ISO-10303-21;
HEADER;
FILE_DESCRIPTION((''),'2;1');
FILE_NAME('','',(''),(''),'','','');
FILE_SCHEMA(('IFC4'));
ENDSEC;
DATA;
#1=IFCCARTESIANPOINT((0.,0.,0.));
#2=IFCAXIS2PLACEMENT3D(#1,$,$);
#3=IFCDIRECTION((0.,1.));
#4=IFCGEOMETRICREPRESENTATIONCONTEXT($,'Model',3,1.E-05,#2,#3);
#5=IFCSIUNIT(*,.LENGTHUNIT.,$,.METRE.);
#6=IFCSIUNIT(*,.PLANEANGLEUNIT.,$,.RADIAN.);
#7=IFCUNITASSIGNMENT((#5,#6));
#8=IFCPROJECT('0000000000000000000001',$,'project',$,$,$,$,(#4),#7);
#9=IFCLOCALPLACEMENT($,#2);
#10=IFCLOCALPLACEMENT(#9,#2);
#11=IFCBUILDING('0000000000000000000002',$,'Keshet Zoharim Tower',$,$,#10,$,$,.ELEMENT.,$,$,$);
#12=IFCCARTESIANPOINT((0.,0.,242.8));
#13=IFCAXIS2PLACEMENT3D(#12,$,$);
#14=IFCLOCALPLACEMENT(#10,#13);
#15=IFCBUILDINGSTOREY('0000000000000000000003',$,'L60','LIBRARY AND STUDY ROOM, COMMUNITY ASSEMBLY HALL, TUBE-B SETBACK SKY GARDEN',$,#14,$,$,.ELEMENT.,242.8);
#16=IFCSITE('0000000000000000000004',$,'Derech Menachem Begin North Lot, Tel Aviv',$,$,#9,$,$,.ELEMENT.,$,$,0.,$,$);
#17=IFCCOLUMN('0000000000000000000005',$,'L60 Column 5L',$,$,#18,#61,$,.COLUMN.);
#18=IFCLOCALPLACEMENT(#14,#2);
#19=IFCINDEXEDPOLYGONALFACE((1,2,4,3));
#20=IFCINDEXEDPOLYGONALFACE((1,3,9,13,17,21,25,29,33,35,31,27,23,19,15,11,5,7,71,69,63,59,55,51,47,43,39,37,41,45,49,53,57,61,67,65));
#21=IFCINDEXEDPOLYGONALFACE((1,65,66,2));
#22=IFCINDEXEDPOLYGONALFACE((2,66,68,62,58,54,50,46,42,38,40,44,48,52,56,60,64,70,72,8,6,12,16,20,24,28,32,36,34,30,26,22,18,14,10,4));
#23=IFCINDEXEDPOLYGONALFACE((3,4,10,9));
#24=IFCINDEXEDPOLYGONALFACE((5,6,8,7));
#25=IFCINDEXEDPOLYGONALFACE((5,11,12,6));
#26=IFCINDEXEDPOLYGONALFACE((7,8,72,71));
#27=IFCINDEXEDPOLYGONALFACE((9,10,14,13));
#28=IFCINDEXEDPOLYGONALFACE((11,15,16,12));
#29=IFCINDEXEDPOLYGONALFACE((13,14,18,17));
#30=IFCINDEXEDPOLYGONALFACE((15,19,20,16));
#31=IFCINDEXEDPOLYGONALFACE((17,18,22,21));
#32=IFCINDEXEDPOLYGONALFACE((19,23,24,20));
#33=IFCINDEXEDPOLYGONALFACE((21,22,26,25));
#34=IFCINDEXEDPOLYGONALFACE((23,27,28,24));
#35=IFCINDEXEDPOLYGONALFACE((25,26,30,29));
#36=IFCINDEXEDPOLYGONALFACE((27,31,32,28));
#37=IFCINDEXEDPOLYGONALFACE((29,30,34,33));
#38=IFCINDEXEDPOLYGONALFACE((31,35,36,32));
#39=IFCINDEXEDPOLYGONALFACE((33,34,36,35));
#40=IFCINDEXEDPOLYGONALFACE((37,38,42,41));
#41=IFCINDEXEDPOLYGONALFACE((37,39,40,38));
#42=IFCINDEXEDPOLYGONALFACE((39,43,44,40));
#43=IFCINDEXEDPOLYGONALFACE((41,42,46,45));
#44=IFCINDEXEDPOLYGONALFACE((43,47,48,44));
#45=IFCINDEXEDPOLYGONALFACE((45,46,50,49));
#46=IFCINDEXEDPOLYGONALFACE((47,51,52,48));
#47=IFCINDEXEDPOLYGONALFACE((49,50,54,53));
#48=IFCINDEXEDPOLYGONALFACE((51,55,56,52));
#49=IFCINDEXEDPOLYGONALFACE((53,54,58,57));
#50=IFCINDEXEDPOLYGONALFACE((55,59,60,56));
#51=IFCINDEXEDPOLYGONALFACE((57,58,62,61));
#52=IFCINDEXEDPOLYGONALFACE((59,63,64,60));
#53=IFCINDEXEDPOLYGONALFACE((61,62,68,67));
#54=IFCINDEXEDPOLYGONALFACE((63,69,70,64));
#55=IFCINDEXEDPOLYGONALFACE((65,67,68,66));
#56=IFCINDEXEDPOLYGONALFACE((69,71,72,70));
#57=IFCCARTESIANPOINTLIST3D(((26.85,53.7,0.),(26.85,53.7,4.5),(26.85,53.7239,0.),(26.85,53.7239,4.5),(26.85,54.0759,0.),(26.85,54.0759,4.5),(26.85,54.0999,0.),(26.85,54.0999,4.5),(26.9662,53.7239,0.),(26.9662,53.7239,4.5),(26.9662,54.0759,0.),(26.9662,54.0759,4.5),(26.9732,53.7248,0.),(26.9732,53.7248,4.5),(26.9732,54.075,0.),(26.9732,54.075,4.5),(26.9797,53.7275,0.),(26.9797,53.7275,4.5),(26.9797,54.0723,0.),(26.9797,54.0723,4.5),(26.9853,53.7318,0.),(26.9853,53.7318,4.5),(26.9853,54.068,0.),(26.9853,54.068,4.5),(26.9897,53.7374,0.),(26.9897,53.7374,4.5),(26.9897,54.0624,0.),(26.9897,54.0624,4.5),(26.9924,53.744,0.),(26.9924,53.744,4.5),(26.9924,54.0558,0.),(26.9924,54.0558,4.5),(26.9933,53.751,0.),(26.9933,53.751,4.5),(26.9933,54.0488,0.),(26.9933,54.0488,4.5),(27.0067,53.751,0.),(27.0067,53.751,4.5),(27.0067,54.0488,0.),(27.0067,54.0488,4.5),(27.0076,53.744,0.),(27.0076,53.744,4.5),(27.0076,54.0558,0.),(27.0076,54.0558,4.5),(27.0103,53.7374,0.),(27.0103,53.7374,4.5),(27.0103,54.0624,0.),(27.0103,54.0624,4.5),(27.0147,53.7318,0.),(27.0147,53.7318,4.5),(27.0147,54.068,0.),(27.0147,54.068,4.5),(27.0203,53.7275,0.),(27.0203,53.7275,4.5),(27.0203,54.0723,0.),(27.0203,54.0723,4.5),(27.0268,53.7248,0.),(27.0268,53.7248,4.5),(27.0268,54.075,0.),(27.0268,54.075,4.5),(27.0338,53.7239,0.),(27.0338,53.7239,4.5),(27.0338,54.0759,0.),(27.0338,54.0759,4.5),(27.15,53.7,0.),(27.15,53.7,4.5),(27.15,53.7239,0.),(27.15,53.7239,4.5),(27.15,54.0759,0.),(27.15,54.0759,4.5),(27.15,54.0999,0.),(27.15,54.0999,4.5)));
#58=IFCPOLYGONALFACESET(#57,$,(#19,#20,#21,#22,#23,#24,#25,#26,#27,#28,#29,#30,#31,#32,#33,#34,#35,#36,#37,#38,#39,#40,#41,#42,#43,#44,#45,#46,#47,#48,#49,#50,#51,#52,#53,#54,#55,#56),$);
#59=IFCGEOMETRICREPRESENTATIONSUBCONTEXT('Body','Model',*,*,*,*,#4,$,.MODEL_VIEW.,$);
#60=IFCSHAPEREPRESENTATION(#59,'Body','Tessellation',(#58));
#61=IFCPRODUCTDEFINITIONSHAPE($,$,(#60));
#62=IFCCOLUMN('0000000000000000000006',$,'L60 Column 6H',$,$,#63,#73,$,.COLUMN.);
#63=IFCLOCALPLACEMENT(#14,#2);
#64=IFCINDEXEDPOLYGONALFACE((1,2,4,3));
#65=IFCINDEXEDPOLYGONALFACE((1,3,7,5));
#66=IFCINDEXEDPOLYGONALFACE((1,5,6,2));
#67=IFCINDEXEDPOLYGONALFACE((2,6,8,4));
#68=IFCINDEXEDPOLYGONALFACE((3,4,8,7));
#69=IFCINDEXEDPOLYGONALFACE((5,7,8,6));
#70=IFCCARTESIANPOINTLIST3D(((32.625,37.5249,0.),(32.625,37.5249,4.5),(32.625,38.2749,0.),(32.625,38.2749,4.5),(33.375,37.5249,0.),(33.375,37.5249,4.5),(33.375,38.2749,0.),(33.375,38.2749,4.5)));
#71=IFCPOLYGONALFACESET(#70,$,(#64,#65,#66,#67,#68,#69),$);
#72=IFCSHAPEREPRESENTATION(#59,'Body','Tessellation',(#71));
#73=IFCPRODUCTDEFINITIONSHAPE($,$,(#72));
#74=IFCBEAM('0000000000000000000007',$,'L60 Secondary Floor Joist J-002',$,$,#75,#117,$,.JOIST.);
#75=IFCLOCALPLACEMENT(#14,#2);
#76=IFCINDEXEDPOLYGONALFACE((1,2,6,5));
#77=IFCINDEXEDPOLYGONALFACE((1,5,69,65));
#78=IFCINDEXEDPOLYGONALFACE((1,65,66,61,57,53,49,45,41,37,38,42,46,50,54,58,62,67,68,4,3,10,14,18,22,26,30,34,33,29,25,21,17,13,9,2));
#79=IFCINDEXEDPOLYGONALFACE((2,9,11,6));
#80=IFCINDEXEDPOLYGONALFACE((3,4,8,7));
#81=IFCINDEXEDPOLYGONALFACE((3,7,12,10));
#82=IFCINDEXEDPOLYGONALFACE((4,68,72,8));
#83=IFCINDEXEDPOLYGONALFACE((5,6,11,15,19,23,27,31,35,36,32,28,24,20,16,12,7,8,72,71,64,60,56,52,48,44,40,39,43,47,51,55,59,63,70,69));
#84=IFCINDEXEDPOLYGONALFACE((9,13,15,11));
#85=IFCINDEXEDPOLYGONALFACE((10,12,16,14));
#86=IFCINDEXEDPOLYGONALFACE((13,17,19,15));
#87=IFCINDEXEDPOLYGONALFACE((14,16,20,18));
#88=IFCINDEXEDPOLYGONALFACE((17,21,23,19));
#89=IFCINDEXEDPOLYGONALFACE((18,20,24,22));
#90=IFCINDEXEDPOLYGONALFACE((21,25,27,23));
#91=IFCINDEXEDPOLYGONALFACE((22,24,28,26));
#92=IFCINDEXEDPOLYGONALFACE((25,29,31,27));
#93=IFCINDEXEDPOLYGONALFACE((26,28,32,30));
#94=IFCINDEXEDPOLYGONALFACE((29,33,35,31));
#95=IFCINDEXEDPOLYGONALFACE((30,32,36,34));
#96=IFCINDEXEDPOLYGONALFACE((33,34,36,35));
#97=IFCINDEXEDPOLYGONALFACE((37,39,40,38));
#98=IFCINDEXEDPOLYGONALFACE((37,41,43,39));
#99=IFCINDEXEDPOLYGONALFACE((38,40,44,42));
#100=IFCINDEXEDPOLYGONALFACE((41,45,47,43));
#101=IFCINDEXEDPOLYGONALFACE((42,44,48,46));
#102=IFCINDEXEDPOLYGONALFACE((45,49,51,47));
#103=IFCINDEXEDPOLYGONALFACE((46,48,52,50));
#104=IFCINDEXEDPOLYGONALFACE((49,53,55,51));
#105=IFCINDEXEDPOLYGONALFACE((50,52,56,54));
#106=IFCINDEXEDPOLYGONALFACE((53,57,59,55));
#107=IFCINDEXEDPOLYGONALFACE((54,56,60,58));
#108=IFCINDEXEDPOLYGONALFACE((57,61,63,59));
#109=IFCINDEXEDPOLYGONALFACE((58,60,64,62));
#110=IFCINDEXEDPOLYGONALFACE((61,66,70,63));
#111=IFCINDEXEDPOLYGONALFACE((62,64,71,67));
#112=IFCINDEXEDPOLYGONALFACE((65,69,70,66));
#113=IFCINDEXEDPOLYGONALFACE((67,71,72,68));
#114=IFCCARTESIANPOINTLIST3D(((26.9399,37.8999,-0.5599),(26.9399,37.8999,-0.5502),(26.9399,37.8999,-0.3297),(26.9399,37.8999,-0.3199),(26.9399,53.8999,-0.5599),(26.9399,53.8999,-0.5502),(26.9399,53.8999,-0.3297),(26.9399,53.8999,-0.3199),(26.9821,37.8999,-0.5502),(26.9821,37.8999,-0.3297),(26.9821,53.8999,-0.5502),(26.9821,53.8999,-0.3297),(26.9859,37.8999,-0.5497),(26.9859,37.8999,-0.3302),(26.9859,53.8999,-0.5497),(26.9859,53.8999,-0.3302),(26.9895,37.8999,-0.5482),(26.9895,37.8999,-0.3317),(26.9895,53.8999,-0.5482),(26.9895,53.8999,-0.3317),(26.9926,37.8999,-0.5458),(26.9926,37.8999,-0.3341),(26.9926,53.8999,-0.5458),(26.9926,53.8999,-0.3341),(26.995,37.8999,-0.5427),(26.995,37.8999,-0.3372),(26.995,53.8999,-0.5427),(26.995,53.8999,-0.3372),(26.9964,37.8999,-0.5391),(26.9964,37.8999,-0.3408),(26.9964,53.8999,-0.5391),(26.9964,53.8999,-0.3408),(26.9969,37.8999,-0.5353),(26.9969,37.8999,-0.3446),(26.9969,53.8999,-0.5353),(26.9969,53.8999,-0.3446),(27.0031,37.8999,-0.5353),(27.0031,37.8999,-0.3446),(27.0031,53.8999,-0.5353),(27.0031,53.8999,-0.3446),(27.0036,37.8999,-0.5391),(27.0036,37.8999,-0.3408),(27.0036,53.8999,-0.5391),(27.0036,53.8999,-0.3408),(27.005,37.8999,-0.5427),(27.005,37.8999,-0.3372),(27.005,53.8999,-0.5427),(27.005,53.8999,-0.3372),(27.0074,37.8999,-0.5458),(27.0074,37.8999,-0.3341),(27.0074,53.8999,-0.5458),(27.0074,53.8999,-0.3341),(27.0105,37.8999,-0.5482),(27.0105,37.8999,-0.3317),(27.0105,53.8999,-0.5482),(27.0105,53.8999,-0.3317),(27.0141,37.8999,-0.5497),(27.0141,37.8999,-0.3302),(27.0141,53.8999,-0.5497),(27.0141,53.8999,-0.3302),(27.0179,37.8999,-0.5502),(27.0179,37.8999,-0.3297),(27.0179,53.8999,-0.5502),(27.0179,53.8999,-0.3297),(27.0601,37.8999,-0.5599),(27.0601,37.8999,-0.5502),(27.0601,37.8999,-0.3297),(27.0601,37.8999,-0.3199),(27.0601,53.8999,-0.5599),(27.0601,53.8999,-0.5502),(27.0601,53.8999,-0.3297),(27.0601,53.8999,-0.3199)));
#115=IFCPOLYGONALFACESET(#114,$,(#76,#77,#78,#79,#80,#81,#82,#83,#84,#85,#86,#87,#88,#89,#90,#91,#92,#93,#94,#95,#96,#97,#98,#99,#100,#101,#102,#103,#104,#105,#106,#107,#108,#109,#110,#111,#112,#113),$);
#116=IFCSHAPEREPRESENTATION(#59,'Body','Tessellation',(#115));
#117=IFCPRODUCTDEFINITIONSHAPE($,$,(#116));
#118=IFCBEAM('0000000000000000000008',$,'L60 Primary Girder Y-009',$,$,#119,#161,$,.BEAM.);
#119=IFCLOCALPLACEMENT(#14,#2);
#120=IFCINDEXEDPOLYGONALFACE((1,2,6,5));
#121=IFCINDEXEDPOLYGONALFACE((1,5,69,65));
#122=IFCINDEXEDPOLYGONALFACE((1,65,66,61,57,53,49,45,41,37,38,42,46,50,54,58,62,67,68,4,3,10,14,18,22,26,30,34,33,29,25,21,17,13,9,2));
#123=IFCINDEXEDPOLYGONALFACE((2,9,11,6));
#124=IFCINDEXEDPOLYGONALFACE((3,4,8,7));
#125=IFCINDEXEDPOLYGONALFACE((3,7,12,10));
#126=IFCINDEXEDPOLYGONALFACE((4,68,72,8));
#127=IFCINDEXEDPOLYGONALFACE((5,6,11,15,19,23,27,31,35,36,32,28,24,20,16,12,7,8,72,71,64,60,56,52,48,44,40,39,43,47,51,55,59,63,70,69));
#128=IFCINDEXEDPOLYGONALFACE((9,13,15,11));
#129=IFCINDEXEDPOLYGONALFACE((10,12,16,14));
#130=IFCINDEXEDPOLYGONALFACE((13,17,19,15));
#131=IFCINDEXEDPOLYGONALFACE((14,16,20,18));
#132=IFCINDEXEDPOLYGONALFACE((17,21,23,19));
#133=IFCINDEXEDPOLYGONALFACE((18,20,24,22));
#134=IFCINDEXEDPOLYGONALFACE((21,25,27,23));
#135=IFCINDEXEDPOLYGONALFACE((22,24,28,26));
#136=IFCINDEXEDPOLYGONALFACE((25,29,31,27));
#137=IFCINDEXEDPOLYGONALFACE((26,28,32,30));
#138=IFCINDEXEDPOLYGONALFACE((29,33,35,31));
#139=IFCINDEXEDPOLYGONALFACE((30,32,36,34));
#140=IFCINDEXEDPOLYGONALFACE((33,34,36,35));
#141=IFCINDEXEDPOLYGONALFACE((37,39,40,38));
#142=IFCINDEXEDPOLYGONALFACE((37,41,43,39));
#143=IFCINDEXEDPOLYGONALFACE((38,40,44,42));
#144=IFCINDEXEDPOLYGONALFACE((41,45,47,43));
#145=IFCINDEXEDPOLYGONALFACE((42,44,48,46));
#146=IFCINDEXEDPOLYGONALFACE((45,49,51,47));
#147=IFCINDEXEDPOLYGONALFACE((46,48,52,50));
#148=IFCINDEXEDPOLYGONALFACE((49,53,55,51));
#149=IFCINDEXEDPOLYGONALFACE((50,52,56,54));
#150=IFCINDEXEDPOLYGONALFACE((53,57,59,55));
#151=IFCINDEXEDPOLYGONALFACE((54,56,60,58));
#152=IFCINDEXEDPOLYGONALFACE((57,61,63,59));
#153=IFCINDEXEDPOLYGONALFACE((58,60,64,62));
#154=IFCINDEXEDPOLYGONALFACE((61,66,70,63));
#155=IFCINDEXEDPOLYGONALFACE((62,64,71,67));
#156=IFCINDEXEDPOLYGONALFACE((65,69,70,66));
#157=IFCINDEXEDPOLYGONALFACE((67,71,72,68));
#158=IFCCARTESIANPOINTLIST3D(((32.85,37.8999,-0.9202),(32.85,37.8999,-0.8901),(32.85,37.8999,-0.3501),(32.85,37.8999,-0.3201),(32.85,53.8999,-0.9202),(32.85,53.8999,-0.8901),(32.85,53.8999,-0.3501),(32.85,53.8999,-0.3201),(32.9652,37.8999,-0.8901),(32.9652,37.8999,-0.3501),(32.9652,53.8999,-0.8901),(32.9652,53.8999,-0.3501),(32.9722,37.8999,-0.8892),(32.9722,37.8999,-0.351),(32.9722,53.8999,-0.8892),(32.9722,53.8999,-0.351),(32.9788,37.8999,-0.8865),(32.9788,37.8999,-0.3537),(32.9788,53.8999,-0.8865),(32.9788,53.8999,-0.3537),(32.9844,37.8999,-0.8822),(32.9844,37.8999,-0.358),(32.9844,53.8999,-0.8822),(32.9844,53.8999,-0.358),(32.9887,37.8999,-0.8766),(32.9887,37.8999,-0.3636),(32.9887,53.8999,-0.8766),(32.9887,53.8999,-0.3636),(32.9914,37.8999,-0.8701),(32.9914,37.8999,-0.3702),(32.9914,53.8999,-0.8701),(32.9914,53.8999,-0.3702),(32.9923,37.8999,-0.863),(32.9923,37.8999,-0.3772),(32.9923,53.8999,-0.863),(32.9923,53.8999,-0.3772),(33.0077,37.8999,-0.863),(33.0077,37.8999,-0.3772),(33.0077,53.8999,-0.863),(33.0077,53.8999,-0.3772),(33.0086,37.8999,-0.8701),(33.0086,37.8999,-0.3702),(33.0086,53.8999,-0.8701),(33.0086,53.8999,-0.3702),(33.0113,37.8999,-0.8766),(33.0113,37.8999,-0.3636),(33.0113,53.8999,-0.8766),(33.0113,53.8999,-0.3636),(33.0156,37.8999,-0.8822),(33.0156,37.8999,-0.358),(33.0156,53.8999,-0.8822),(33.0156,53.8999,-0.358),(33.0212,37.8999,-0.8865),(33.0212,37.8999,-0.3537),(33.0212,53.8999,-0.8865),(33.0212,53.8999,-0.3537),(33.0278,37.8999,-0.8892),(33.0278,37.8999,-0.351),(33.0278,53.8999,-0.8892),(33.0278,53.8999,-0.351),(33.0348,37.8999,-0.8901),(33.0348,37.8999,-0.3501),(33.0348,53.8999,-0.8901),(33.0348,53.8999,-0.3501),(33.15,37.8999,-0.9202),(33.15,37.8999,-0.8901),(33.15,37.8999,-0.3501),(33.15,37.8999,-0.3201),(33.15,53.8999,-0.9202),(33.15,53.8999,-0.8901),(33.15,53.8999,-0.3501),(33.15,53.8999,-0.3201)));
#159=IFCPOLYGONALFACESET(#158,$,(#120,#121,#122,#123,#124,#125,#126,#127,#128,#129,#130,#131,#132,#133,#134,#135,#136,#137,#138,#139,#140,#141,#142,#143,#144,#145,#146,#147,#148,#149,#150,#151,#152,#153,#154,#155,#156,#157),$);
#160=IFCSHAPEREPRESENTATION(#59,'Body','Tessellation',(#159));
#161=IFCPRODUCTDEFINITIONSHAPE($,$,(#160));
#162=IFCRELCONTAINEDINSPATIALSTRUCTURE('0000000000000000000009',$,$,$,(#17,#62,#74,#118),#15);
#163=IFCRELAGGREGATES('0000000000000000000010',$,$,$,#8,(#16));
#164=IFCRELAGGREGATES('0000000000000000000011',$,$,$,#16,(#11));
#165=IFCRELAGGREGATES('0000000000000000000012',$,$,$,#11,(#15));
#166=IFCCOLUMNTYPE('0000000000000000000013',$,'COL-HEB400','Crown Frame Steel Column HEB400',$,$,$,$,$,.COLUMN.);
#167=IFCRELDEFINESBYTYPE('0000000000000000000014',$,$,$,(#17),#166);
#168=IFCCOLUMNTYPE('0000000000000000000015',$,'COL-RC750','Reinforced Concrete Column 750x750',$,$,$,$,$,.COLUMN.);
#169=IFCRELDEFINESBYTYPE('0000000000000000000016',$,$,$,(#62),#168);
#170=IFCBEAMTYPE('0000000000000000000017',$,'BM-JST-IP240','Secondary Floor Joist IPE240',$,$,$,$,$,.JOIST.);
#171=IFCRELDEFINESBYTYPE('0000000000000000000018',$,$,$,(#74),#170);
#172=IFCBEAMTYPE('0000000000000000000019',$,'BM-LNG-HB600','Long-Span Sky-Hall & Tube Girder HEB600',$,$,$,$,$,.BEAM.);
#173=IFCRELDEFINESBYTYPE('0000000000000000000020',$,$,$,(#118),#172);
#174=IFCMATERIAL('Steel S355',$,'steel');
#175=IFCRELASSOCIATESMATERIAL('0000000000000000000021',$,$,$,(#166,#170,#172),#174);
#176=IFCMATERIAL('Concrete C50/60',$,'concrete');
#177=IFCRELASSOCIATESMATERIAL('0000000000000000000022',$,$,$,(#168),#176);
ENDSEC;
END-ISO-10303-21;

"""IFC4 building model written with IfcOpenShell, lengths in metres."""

from ifc_helpers import new_model, si_unit, direction, frame, origin, origin_2d, place, context, subcontext, project, spatial, rectangle, i_section, extrude, material, material_profile, profile_set, type_object, element, save


model = new_model("IFC4")

# Units and contexts
model_context = context("Model", 3, precision=1e-05, world=origin(), true_north=direction((0.0, 1.0)))
body_context = subcontext(model_context, "Body", "Model", "MODEL_VIEW")
ifc_project = project(units=[si_unit("LENGTHUNIT", "METRE"), si_unit("PLANEANGLEUNIT", "RADIAN")], contexts=[model_context])

# Site, building, storey
site_placement = place(None, origin())
site = spatial("IfcSite", under=ifc_project, at=site_placement, Name="Derech Menachem Begin North Lot, Tel Aviv", CompositionType="ELEMENT", RefElevation=0.0)
building_placement = place(site_placement, origin())
building = spatial("IfcBuilding", under=site, at=building_placement, Name="Keshet Zoharim Tower", CompositionType="ELEMENT")
storey_placement = place(building_placement, frame((0.0, 0.0, 242.8)))
storey = spatial("IfcBuildingStorey", under=building, at=storey_placement, Name="L60", Description="LIBRARY AND STUDY ROOM, COMMUNITY ASSEMBLY HALL, TUBE-B SETBACK SKY GARDEN", CompositionType="ELEMENT", Elevation=242.8)

# Columns
ifc_material_1 = material(Name="Steel S355", Category="steel")
ifc_material_profile_1 = material_profile(ifc_material_1, i_section(OverallWidth=0.3, OverallDepth=0.3999, WebThickness=0.0134, FlangeThickness=0.0239, FilletRadius=0.0271, at=origin_2d()), Name="HEB400")
ifc_profile_set_1 = profile_set([ifc_material_profile_1], Name="Steel S355")
column_type_1 = type_object("IfcColumnType", Name="COL-HEB400", Description="Crown Frame Steel Column HEB400", PredefinedType="COLUMN", material=ifc_profile_set_1)
column_1_placement = place(storey_placement, frame((27.0, 53.8999, 0.0), z_axis=(0.0, 0.0, 1.0), x_axis=(1.0, 0.0, 0.0)))
element("IfcColumn", 1, at=column_1_placement, inside=storey, type_object=column_type_1, Name="L60 Column 5L", PredefinedType="COLUMN", context=body_context, shape_type="SweptSolid", body=[
    extrude(i_section(OverallWidth=0.3, OverallDepth=0.3999, WebThickness=0.0134, FlangeThickness=0.0239, FilletRadius=0.0271, at=origin_2d()), origin(), (0.0, 0.0, 1.0), 4.5),
])
ifc_material_2 = material(Name="Concrete C50/60", Category="concrete")
ifc_material_profile_2 = material_profile(ifc_material_2, rectangle(XDim=0.75, YDim=0.75, at=origin_2d()), Name="RC750x750")
ifc_profile_set_2 = profile_set([ifc_material_profile_2], Name="Concrete C50/60")
column_type_2 = type_object("IfcColumnType", Name="COL-RC750", Description="Reinforced Concrete Column 750x750", PredefinedType="COLUMN", material=ifc_profile_set_2)
column_2_placement = place(storey_placement, frame((33.0, 37.8999, 0.0), z_axis=(0.0, 0.0, 1.0), x_axis=(1.0, 0.0, 0.0)))
element("IfcColumn", 2, at=column_2_placement, inside=storey, type_object=column_type_2, Name="L60 Column 6H", PredefinedType="COLUMN", context=body_context, shape_type="SweptSolid", body=[
    extrude(rectangle(XDim=0.75, YDim=0.75, at=origin_2d()), origin(), (0.0, 0.0, 1.0), 4.5),
])

# Beams
ifc_material_profile_3 = material_profile(ifc_material_1, i_section(OverallWidth=0.1201, OverallDepth=0.24, WebThickness=0.0061, FlangeThickness=0.0098, FilletRadius=0.0149, at=origin_2d()), Name="IPE240")
ifc_profile_set_3 = profile_set([ifc_material_profile_3], Name="Steel S355")
beam_type_1 = type_object("IfcBeamType", Name="BM-JST-IP240", Description="Secondary Floor Joist IPE240", PredefinedType="JOIST", material=ifc_profile_set_3)
beam_1_placement = place(storey_placement, frame((27.0, 37.8999, -0.4399), z_axis=(0.0, 1.0, 0.0), x_axis=(-1.0, 0.0, 0.0)))
element("IfcBeam", 3, at=beam_1_placement, inside=storey, type_object=beam_type_1, Name="L60 Secondary Floor Joist J-002", PredefinedType="JOIST", context=body_context, shape_type="SweptSolid", body=[
    extrude(i_section(OverallWidth=0.1201, OverallDepth=0.24, WebThickness=0.0061, FlangeThickness=0.0098, FilletRadius=0.0149, at=origin_2d()), origin(), (0.0, 0.0, 1.0), 16.0),
])
ifc_material_profile_4 = material_profile(ifc_material_1, i_section(OverallWidth=0.3, OverallDepth=0.6001, WebThickness=0.0154, FlangeThickness=0.03, FilletRadius=0.0271, at=origin_2d()), Name="HEB600")
ifc_profile_set_4 = profile_set([ifc_material_profile_4], Name="Steel S355")
beam_type_2 = type_object("IfcBeamType", Name="BM-LNG-HB600", Description="Long-Span Sky-Hall & Tube Girder HEB600", PredefinedType="BEAM", material=ifc_profile_set_4)
beam_2_placement = place(storey_placement, frame((33.0, 37.8999, -0.6201), z_axis=(0.0, 1.0, 0.0), x_axis=(-1.0, 0.0, 0.0)))
element("IfcBeam", 4, at=beam_2_placement, inside=storey, type_object=beam_type_2, Name="L60 Primary Girder Y-009", PredefinedType="BEAM", context=body_context, shape_type="SweptSolid", body=[
    extrude(i_section(OverallWidth=0.3, OverallDepth=0.6001, WebThickness=0.0154, FlangeThickness=0.03, FilletRadius=0.0271, at=origin_2d()), origin(), (0.0, 0.0, 1.0), 16.0),
])

save(model, "model.ifc")
